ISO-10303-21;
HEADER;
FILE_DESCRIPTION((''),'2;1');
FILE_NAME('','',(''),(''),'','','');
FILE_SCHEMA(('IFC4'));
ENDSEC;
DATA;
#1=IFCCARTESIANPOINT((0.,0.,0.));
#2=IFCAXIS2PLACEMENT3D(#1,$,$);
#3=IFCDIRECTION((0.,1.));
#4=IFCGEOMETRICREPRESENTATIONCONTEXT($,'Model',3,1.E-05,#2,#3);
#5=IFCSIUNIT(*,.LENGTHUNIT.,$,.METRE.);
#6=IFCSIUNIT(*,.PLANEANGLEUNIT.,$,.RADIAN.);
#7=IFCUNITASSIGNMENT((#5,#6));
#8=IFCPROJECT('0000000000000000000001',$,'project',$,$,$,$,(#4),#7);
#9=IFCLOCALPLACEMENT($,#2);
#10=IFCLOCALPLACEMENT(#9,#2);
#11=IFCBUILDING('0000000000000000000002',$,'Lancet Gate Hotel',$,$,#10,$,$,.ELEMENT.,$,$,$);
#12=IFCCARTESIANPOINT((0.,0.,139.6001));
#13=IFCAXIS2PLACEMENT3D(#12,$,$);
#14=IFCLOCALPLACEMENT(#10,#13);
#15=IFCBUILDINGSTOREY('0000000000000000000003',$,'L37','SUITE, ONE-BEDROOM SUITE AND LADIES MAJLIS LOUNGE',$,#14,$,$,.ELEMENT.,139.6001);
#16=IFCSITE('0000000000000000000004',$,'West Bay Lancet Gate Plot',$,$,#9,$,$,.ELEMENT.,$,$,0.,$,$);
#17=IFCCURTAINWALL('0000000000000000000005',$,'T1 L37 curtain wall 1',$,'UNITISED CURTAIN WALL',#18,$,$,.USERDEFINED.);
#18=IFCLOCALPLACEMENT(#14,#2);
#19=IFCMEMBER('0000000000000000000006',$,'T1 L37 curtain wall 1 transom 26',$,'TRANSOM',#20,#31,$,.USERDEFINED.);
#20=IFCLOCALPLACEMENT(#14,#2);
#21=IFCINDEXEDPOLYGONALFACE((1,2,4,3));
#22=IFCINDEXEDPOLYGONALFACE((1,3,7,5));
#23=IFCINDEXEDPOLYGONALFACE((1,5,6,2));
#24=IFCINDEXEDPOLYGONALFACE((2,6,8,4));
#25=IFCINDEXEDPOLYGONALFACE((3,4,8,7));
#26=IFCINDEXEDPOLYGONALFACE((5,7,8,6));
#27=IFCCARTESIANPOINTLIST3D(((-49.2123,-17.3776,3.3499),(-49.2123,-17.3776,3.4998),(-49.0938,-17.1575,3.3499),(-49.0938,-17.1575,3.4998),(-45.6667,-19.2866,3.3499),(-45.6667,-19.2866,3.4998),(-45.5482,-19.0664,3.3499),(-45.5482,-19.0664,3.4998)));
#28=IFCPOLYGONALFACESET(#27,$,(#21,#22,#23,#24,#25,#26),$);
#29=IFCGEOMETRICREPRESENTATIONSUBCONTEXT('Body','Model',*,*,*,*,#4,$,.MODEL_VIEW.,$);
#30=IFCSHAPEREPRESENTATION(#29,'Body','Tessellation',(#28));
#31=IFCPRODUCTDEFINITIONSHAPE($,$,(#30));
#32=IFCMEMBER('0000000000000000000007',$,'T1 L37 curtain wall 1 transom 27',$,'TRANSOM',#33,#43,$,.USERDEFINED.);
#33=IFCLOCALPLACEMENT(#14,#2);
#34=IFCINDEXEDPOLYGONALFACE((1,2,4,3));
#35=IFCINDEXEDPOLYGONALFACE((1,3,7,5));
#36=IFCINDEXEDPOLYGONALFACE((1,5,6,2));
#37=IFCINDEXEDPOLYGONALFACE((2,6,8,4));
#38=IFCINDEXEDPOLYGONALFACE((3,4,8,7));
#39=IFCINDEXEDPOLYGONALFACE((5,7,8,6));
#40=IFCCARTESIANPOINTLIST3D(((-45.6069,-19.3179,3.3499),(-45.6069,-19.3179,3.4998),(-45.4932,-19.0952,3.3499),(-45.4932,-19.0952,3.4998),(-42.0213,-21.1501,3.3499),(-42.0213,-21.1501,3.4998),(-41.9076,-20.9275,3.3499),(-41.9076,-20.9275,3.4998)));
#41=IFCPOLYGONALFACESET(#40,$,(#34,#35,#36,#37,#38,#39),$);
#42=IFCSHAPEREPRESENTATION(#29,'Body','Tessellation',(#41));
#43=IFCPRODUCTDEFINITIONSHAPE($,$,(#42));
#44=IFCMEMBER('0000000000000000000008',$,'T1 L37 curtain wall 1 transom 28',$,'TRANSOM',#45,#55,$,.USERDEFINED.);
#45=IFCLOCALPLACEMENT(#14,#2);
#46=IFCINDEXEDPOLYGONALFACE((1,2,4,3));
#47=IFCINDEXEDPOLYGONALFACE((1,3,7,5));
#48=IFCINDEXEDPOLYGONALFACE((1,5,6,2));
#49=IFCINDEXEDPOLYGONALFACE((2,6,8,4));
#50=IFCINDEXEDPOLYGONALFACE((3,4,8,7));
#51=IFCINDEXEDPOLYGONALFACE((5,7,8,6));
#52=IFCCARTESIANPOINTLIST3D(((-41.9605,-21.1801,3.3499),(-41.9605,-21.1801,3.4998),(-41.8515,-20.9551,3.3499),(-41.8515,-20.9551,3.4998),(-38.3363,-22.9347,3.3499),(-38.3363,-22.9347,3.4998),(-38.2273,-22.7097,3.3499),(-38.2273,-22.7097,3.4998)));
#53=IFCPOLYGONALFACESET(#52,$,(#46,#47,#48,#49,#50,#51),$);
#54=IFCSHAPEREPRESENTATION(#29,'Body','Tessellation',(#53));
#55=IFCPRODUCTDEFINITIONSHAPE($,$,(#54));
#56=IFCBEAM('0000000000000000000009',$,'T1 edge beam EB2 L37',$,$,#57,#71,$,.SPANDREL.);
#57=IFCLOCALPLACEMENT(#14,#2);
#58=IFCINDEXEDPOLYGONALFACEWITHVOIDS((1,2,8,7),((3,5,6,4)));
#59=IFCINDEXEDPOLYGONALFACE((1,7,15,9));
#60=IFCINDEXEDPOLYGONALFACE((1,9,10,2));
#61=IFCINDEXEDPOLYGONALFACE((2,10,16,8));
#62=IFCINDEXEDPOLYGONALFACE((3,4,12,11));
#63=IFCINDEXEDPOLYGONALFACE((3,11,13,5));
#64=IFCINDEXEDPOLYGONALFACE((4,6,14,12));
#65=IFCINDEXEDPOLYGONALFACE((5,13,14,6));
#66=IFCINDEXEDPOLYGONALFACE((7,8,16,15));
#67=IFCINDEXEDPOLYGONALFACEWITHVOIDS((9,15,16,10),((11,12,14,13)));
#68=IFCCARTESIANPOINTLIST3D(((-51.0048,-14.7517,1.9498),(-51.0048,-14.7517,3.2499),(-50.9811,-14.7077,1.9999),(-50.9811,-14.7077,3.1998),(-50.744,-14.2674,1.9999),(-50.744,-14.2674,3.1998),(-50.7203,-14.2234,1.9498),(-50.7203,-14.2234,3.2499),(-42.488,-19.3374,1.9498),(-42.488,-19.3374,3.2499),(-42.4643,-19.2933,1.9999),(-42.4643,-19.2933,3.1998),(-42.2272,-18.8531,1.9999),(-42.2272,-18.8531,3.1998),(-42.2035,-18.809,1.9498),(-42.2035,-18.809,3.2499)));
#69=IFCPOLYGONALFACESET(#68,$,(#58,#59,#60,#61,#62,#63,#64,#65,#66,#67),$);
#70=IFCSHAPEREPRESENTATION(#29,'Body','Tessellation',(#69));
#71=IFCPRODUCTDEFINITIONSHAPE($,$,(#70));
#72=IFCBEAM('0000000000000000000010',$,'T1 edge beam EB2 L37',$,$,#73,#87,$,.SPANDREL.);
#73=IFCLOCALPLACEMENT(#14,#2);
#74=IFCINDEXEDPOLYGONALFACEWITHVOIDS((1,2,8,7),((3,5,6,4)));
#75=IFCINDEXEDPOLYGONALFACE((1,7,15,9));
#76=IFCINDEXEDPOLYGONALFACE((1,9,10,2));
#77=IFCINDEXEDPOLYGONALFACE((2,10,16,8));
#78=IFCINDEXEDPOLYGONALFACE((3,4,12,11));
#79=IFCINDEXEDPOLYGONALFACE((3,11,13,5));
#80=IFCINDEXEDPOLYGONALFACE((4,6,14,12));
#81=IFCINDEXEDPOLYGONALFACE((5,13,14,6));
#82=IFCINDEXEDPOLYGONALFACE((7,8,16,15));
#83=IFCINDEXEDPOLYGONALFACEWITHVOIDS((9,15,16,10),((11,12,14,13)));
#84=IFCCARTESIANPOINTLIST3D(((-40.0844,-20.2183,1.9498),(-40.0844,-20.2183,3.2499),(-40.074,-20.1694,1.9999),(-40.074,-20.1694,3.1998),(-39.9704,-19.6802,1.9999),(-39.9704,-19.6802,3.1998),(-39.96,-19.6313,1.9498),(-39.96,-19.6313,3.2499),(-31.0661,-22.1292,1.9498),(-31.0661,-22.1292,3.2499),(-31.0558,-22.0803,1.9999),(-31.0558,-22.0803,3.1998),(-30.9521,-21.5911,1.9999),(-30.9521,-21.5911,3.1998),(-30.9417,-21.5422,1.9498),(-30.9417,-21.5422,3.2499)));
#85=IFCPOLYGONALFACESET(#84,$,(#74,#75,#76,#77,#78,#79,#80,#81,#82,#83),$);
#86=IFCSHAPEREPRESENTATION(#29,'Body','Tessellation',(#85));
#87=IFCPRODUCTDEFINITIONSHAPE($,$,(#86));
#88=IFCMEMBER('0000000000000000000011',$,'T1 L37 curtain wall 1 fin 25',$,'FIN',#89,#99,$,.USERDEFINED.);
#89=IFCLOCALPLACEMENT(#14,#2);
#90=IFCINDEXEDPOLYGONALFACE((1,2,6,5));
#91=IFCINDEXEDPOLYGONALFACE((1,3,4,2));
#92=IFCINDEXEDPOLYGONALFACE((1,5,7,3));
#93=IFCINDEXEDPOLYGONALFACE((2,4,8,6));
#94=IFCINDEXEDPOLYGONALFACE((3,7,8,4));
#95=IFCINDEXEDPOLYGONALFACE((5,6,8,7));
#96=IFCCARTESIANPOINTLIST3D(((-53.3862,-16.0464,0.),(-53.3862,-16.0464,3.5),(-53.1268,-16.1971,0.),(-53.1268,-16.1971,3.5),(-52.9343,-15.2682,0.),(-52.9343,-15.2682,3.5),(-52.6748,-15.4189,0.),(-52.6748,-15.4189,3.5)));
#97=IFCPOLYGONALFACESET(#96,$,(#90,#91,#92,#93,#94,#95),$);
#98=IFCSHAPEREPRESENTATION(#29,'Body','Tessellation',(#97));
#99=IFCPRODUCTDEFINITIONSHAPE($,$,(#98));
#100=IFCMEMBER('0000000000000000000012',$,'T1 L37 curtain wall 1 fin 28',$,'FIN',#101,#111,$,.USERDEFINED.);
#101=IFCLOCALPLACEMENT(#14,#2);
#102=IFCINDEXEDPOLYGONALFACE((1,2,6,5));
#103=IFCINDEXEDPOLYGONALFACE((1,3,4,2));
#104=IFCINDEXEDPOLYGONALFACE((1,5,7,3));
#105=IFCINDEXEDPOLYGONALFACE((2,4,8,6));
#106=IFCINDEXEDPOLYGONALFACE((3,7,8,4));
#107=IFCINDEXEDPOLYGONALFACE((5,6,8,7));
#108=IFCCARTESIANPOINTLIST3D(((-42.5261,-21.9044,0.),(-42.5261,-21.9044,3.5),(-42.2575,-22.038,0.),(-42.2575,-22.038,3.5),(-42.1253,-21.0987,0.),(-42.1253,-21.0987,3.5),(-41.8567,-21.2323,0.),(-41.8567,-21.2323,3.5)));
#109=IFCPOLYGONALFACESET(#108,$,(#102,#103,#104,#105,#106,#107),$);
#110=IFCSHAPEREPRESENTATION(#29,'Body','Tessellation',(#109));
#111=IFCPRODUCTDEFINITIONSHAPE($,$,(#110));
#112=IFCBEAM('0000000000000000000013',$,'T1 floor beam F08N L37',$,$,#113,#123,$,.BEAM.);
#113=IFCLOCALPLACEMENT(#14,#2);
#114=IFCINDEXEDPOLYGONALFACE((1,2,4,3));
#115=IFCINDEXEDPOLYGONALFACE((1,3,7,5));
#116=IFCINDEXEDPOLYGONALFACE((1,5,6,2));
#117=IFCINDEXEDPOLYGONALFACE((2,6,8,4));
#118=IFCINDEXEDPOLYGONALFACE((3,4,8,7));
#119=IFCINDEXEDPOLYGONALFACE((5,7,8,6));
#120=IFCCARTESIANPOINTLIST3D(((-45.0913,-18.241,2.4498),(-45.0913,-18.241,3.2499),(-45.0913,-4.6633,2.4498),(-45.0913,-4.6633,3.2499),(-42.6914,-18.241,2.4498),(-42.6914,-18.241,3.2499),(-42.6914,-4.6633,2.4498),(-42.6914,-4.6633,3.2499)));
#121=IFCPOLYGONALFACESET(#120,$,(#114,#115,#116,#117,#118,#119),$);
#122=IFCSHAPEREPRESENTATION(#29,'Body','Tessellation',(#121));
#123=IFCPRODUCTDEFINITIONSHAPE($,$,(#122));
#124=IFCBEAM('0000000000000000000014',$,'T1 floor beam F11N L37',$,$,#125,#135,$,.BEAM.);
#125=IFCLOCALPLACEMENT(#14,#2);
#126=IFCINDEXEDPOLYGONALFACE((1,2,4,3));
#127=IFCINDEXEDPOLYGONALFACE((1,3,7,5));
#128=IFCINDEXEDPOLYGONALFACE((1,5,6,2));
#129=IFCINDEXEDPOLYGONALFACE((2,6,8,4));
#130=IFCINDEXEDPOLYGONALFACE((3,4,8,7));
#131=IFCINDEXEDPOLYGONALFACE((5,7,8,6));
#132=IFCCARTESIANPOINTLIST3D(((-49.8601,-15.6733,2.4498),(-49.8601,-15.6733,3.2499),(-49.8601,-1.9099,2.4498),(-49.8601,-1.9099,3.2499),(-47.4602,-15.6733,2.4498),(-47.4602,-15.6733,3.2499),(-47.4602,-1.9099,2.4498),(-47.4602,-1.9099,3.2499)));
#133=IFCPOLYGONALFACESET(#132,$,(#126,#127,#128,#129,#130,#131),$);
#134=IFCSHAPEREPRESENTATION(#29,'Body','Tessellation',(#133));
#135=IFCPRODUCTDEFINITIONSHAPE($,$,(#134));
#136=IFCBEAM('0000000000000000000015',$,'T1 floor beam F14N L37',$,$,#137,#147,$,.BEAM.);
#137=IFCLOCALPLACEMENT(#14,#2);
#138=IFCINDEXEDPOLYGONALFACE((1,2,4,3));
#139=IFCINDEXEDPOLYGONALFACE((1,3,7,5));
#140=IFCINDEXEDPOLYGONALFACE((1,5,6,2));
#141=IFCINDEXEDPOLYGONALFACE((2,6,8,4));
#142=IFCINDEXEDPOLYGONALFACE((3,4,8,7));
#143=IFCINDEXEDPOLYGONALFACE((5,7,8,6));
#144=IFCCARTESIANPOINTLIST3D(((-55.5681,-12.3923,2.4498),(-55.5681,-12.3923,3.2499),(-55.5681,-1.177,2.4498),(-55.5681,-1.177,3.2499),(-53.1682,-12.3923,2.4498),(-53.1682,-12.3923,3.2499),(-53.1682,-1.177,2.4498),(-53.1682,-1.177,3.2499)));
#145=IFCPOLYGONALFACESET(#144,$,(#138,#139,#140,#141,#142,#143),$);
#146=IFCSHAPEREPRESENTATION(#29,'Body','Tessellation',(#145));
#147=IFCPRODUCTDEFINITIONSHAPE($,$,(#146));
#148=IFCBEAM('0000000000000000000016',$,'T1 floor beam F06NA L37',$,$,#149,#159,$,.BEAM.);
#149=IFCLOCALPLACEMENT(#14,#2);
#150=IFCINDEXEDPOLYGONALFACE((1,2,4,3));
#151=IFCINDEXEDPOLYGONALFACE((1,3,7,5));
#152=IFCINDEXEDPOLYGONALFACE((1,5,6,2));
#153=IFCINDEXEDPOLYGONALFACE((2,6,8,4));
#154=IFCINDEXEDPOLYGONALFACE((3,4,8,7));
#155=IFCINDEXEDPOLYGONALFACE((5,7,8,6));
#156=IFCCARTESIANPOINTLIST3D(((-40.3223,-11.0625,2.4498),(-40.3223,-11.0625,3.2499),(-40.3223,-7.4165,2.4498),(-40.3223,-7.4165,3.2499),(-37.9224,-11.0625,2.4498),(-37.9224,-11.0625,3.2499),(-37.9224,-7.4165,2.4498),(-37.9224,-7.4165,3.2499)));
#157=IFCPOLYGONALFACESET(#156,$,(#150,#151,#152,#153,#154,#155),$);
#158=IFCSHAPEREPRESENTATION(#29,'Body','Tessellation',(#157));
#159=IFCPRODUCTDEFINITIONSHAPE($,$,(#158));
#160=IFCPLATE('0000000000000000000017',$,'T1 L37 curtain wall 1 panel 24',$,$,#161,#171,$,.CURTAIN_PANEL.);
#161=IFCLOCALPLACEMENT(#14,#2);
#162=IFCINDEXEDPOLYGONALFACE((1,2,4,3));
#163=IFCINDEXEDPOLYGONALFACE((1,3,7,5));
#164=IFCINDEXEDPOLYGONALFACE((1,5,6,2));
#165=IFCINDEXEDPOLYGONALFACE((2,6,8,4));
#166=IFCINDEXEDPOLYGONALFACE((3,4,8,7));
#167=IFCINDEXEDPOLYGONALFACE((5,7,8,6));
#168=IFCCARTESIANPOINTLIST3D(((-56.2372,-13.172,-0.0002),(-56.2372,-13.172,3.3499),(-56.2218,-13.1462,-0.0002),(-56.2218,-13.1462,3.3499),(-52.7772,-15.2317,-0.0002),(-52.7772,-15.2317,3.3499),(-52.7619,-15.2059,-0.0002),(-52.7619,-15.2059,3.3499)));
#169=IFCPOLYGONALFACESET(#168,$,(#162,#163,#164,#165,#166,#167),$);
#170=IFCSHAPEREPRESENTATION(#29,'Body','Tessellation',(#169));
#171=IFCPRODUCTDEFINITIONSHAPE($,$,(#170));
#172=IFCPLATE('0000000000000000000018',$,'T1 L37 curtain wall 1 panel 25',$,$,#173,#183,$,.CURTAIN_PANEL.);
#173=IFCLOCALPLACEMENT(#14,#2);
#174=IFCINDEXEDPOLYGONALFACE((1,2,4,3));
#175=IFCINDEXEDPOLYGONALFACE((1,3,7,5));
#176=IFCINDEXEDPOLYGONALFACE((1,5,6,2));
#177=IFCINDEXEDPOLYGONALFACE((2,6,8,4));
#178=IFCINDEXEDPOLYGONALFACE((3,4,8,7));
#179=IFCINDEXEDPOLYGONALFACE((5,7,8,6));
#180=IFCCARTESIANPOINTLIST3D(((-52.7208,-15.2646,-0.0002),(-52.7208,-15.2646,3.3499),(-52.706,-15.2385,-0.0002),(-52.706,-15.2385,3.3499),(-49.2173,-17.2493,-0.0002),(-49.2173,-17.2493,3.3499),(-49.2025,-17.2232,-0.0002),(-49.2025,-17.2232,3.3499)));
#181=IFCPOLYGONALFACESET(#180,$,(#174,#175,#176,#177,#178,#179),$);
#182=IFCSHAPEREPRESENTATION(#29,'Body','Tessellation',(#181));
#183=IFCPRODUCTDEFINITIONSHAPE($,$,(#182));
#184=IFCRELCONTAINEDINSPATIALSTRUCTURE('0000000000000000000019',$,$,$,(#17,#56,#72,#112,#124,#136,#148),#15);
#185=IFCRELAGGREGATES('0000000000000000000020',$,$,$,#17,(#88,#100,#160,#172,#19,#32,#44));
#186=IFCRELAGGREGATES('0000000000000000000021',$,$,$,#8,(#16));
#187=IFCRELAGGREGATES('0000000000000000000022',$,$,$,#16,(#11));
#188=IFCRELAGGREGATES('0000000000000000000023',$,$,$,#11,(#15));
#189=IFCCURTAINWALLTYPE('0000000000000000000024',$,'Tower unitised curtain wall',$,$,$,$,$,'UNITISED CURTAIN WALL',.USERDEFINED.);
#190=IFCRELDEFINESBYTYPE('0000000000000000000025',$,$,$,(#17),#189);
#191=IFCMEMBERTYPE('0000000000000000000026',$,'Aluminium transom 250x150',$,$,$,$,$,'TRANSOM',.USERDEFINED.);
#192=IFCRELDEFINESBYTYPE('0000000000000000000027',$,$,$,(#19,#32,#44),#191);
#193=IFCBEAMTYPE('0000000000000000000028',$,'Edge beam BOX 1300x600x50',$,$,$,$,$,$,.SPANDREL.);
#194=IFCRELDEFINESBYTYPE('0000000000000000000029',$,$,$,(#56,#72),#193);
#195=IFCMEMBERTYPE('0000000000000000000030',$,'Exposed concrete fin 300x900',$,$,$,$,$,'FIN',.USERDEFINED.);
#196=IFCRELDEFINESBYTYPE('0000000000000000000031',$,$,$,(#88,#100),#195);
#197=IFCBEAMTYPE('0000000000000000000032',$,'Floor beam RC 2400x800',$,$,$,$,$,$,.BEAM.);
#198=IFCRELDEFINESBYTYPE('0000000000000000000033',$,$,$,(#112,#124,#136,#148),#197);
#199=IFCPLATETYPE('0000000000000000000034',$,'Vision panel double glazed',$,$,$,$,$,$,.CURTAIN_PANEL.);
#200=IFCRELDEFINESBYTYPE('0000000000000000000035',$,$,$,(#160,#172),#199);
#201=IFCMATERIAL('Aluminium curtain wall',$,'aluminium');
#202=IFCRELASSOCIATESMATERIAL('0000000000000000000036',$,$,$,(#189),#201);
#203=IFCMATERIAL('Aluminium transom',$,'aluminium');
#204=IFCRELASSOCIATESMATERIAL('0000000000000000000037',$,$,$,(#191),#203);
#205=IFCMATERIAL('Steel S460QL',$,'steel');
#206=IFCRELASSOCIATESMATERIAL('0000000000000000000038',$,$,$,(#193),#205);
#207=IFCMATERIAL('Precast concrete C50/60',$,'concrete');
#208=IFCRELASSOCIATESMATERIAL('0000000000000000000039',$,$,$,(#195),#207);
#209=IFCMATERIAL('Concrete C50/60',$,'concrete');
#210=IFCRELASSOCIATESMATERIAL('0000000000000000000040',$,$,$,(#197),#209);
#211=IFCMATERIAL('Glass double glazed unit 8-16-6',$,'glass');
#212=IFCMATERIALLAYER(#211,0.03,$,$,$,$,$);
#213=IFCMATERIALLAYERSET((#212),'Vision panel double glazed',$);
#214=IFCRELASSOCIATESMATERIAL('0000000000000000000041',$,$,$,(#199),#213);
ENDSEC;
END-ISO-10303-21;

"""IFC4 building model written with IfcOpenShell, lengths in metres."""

from ifc_helpers import new_model, si_unit, direction, frame, origin, origin_2d, place, context, subcontext, project, spatial, rectangle, hollow_rectangle, extrude, material, layer, layer_set, material_profile, profile_set, type_object, element, aggregate, save


model = new_model("IFC4")

# Units and contexts
model_context = context("Model", 3, precision=1e-05, world=origin(), true_north=direction((0.0, 1.0)))
body_context = subcontext(model_context, "Body", "Model", "MODEL_VIEW")
ifc_project = project(units=[si_unit("LENGTHUNIT", "METRE"), si_unit("PLANEANGLEUNIT", "RADIAN")], contexts=[model_context])

# Site, building, storey
site_placement = place(None, origin())
site = spatial("IfcSite", under=ifc_project, at=site_placement, Name="West Bay Lancet Gate Plot", CompositionType="ELEMENT", RefElevation=0.0)
building_placement = place(site_placement, origin())
building = spatial("IfcBuilding", under=site, at=building_placement, Name="Lancet Gate Hotel", CompositionType="ELEMENT")
storey_placement = place(building_placement, frame((0.0, 0.0, 139.6001)))
storey = spatial("IfcBuildingStorey", under=building, at=storey_placement, Name="L37", Description="SUITE, ONE-BEDROOM SUITE AND LADIES MAJLIS LOUNGE", CompositionType="ELEMENT", Elevation=139.6001)

# Curtain wall, members
ifc_material_1 = material(Name="Aluminium curtain wall", Category="aluminium")
curtain_wall_type = type_object("IfcCurtainWallType", Name="Tower unitised curtain wall", ElementType="UNITISED CURTAIN WALL", PredefinedType="USERDEFINED", material=ifc_material_1)
curtain_wall_placement = place(storey_placement, origin())
curtain_wall = element("IfcCurtainWall", 1, at=curtain_wall_placement, inside=storey, type_object=curtain_wall_type, Name="T1 L37 curtain wall 1", ObjectType="UNITISED CURTAIN WALL", PredefinedType="USERDEFINED")
ifc_material_2 = material(Name="Aluminium transom", Category="aluminium")
ifc_material_profile_1 = material_profile(ifc_material_2, rectangle(XDim=0.25, YDim=0.1499, at=origin_2d()), Name="TRANSOM 250x150")
ifc_profile_set_1 = profile_set([ifc_material_profile_1], Name="Aluminium transom")
member_type_1 = type_object("IfcMemberType", Name="Aluminium transom 250x150", ElementType="TRANSOM", PredefinedType="USERDEFINED", material=ifc_profile_set_1)
member_1_placement = place(storey_placement, frame((-49.1531, -17.2676, 3.4248), z_axis=(0.880498, -0.474049, 0.0), x_axis=(0.474049, 0.880498, 0.0)))
member_1 = element("IfcMember", 2, at=member_1_placement, type_object=member_type_1, Name="T1 L37 curtain wall 1 transom 26", ObjectType="TRANSOM", PredefinedType="USERDEFINED", context=body_context, shape_type="SweptSolid", body=[
    extrude(rectangle(XDim=0.25, YDim=0.1499, at=origin_2d()), origin(), (0.0, 0.0, 1.0), 4.0269),
])
member_2_placement = place(storey_placement, frame((-45.55, -19.2065, 3.4248), z_axis=(0.890476, -0.45503, 0.0), x_axis=(0.45503, 0.890476, 0.0)))
member_2 = element("IfcMember", 3, at=member_2_placement, type_object=member_type_1, Name="T1 L37 curtain wall 1 transom 27", ObjectType="TRANSOM", PredefinedType="USERDEFINED", context=body_context, shape_type="SweptSolid", body=[
    extrude(rectangle(XDim=0.25, YDim=0.1499, at=origin_2d()), origin(), (0.0, 0.0, 1.0), 4.0266),
])
member_3_placement = place(storey_placement, frame((-41.906, -21.0676, 3.4248), z_axis=(0.900066, -0.435754, 0.0), x_axis=(0.435754, 0.900066, 0.0)))
member_3 = element("IfcMember", 4, at=member_3_placement, type_object=member_type_1, Name="T1 L37 curtain wall 1 transom 28", ObjectType="TRANSOM", PredefinedType="USERDEFINED", context=body_context, shape_type="SweptSolid", body=[
    extrude(rectangle(XDim=0.25, YDim=0.1499, at=origin_2d()), origin(), (0.0, 0.0, 1.0), 4.0266),
])

# Beams
ifc_material_3 = material(Name="Steel S460QL", Category="steel")
ifc_material_profile_2 = material_profile(ifc_material_3, hollow_rectangle(XDim=0.6001, YDim=1.3, WallThickness=0.05, at=origin_2d()), Name="BOX 1300x600x50")
ifc_profile_set_2 = profile_set([ifc_material_profile_2], Name="Steel S460QL")
beam_type_1 = type_object("IfcBeamType", Name="Edge beam BOX 1300x600x50", PredefinedType="SPANDREL", material=ifc_profile_set_2)
beam_1_placement = place(storey_placement, frame((-50.8625, -14.4875, 2.5999), z_axis=(0.880484, -0.474076, 0.0), x_axis=(0.474076, 0.880484, 0.0)))
element("IfcBeam", 5, at=beam_1_placement, inside=storey, type_object=beam_type_1, Name="T1 edge beam EB2 L37", PredefinedType="SPANDREL", context=body_context, shape_type="SweptSolid", body=[
    extrude(hollow_rectangle(XDim=0.6001, YDim=1.3, WallThickness=0.05, at=origin_2d()), origin(), (0.0, 0.0, 1.0), 9.6729),
])
beam_2_placement = place(storey_placement, frame((-40.0222, -19.9248, 2.5999), z_axis=(0.97828, -0.207288, 0.0), x_axis=(0.207288, 0.97828, 0.0)))
element("IfcBeam", 6, at=beam_2_placement, inside=storey, type_object=beam_type_1, Name="T1 edge beam EB2 L37", PredefinedType="SPANDREL", context=body_context, shape_type="SweptSolid", body=[
    extrude(hollow_rectangle(XDim=0.6001, YDim=1.3, WallThickness=0.05, at=origin_2d()), origin(), (0.0, 0.0, 1.0), 9.2185),
])

# Members
ifc_material_4 = material(Name="Precast concrete C50/60", Category="concrete")
ifc_material_profile_3 = material_profile(ifc_material_4, rectangle(XDim=0.3, YDim=0.8999, at=origin_2d()), Name="FIN 300x900")
ifc_profile_set_3 = profile_set([ifc_material_profile_3], Name="Precast concrete C50/60")
member_type_2 = type_object("IfcMemberType", Name="Exposed concrete fin 300x900", ElementType="FIN", PredefinedType="USERDEFINED", material=ifc_profile_set_3)
member_4_placement = place(storey_placement, frame((-53.0305, -15.7327, 0.0), z_axis=(0.0, 0.0, 1.0), x_axis=(0.864728, -0.502241, 0.0)))
member_4 = element("IfcMember", 7, at=member_4_placement, type_object=member_type_2, Name="T1 L37 curtain wall 1 fin 25", ObjectType="FIN", PredefinedType="USERDEFINED", context=body_context, shape_type="SweptSolid", body=[
    extrude(rectangle(XDim=0.3, YDim=0.8999, at=origin_2d()), origin(), (0.0, 0.0, 1.0), 3.5),
])
member_5_placement = place(storey_placement, frame((-42.1914, -21.5684, 0.0), z_axis=(0.0, 0.0, 1.0), x_axis=(0.895339, -0.445384, 0.0)))
member_5 = element("IfcMember", 8, at=member_5_placement, type_object=member_type_2, Name="T1 L37 curtain wall 1 fin 28", ObjectType="FIN", PredefinedType="USERDEFINED", context=body_context, shape_type="SweptSolid", body=[
    extrude(rectangle(XDim=0.3, YDim=0.8999, at=origin_2d()), origin(), (0.0, 0.0, 1.0), 3.5),
])

# Beams
ifc_material_5 = material(Name="Concrete C50/60", Category="concrete")
ifc_material_profile_4 = material_profile(ifc_material_5, rectangle(XDim=2.3999, YDim=0.8, at=origin_2d()), Name="RC 2400x800")
ifc_profile_set_4 = profile_set([ifc_material_profile_4], Name="Concrete C50/60")
beam_type_2 = type_object("IfcBeamType", Name="Floor beam RC 2400x800", PredefinedType="BEAM", material=ifc_profile_set_4)
beam_3_placement = place(storey_placement, frame((-43.8914, -4.6633, 2.8499), z_axis=(0.0, -1.0, 0.0), x_axis=(1.0, 0.0, 0.0)))
element("IfcBeam", 9, at=beam_3_placement, inside=storey, type_object=beam_type_2, Name="T1 floor beam F08N L37", PredefinedType="BEAM", context=body_context, shape_type="SweptSolid", body=[
    extrude(rectangle(XDim=2.3999, YDim=0.8, at=origin_2d()), origin(), (0.0, 0.0, 1.0), 13.5776),
])
beam_4_placement = place(storey_placement, frame((-48.6602, -1.9099, 2.8499), z_axis=(0.0, -1.0, 0.0), x_axis=(1.0, 0.0, 0.0)))
element("IfcBeam", 10, at=beam_4_placement, inside=storey, type_object=beam_type_2, Name="T1 floor beam F11N L37", PredefinedType="BEAM", context=body_context, shape_type="SweptSolid", body=[
    extrude(rectangle(XDim=2.3999, YDim=0.8, at=origin_2d()), origin(), (0.0, 0.0, 1.0), 13.7634),
])
beam_5_placement = place(storey_placement, frame((-54.3682, -1.177, 2.8499), z_axis=(0.0, -1.0, 0.0), x_axis=(1.0, 0.0, 0.0)))
element("IfcBeam", 11, at=beam_5_placement, inside=storey, type_object=beam_type_2, Name="T1 floor beam F14N L37", PredefinedType="BEAM", context=body_context, shape_type="SweptSolid", body=[
    extrude(rectangle(XDim=2.3999, YDim=0.8, at=origin_2d()), origin(), (0.0, 0.0, 1.0), 11.2153),
])
beam_6_placement = place(storey_placement, frame((-39.1223, -7.4165, 2.8499), z_axis=(0.0, -1.0, 0.0), x_axis=(1.0, 0.0, 0.0)))
element("IfcBeam", 12, at=beam_6_placement, inside=storey, type_object=beam_type_2, Name="T1 floor beam F06NA L37", PredefinedType="BEAM", context=body_context, shape_type="SweptSolid", body=[
    extrude(rectangle(XDim=2.3999, YDim=0.8, at=origin_2d()), origin(), (0.0, 0.0, 1.0), 3.646),
])

# Plates
ifc_material_6 = material(Name="Glass double glazed unit 8-16-6", Category="glass")
ifc_layer_1 = layer(ifc_material_6, 0.03)
ifc_layer_set_1 = layer_set([ifc_layer_1], Name="Vision panel double glazed")
plate_type = type_object("IfcPlateType", Name="Vision panel double glazed", PredefinedType="CURTAIN_PANEL", material=ifc_layer_set_1)
plate_1_placement = place(storey_placement, frame((-54.4995, -14.189, -0.0002), z_axis=(0.0, 0.0, 1.0), x_axis=(0.859271, -0.51152, 0.0)))
plate_1 = element("IfcPlate", 13, at=plate_1_placement, type_object=plate_type, Name="T1 L37 curtain wall 1 panel 24", PredefinedType="CURTAIN_PANEL", context=body_context, shape_type="SweptSolid", body=[
    extrude(rectangle(XDim=4.0266, YDim=0.03, at=origin_2d()), origin(), (0.0, 0.0, 1.0), 3.3501),
])
plate_2_placement = place(storey_placement, frame((-50.9617, -16.2439, -0.0002), z_axis=(0.0, 0.0, 1.0), x_axis=(0.870084, -0.492904, 0.0)))
plate_2 = element("IfcPlate", 14, at=plate_2_placement, type_object=plate_type, Name="T1 L37 curtain wall 1 panel 25", PredefinedType="CURTAIN_PANEL", context=body_context, shape_type="SweptSolid", body=[
    extrude(rectangle(XDim=4.0266, YDim=0.03, at=origin_2d()), origin(), (0.0, 0.0, 1.0), 3.3501),
])
aggregate(curtain_wall, [member_4, member_5, plate_1, plate_2, member_1, member_2, member_3])

save(model, "model.ifc")
